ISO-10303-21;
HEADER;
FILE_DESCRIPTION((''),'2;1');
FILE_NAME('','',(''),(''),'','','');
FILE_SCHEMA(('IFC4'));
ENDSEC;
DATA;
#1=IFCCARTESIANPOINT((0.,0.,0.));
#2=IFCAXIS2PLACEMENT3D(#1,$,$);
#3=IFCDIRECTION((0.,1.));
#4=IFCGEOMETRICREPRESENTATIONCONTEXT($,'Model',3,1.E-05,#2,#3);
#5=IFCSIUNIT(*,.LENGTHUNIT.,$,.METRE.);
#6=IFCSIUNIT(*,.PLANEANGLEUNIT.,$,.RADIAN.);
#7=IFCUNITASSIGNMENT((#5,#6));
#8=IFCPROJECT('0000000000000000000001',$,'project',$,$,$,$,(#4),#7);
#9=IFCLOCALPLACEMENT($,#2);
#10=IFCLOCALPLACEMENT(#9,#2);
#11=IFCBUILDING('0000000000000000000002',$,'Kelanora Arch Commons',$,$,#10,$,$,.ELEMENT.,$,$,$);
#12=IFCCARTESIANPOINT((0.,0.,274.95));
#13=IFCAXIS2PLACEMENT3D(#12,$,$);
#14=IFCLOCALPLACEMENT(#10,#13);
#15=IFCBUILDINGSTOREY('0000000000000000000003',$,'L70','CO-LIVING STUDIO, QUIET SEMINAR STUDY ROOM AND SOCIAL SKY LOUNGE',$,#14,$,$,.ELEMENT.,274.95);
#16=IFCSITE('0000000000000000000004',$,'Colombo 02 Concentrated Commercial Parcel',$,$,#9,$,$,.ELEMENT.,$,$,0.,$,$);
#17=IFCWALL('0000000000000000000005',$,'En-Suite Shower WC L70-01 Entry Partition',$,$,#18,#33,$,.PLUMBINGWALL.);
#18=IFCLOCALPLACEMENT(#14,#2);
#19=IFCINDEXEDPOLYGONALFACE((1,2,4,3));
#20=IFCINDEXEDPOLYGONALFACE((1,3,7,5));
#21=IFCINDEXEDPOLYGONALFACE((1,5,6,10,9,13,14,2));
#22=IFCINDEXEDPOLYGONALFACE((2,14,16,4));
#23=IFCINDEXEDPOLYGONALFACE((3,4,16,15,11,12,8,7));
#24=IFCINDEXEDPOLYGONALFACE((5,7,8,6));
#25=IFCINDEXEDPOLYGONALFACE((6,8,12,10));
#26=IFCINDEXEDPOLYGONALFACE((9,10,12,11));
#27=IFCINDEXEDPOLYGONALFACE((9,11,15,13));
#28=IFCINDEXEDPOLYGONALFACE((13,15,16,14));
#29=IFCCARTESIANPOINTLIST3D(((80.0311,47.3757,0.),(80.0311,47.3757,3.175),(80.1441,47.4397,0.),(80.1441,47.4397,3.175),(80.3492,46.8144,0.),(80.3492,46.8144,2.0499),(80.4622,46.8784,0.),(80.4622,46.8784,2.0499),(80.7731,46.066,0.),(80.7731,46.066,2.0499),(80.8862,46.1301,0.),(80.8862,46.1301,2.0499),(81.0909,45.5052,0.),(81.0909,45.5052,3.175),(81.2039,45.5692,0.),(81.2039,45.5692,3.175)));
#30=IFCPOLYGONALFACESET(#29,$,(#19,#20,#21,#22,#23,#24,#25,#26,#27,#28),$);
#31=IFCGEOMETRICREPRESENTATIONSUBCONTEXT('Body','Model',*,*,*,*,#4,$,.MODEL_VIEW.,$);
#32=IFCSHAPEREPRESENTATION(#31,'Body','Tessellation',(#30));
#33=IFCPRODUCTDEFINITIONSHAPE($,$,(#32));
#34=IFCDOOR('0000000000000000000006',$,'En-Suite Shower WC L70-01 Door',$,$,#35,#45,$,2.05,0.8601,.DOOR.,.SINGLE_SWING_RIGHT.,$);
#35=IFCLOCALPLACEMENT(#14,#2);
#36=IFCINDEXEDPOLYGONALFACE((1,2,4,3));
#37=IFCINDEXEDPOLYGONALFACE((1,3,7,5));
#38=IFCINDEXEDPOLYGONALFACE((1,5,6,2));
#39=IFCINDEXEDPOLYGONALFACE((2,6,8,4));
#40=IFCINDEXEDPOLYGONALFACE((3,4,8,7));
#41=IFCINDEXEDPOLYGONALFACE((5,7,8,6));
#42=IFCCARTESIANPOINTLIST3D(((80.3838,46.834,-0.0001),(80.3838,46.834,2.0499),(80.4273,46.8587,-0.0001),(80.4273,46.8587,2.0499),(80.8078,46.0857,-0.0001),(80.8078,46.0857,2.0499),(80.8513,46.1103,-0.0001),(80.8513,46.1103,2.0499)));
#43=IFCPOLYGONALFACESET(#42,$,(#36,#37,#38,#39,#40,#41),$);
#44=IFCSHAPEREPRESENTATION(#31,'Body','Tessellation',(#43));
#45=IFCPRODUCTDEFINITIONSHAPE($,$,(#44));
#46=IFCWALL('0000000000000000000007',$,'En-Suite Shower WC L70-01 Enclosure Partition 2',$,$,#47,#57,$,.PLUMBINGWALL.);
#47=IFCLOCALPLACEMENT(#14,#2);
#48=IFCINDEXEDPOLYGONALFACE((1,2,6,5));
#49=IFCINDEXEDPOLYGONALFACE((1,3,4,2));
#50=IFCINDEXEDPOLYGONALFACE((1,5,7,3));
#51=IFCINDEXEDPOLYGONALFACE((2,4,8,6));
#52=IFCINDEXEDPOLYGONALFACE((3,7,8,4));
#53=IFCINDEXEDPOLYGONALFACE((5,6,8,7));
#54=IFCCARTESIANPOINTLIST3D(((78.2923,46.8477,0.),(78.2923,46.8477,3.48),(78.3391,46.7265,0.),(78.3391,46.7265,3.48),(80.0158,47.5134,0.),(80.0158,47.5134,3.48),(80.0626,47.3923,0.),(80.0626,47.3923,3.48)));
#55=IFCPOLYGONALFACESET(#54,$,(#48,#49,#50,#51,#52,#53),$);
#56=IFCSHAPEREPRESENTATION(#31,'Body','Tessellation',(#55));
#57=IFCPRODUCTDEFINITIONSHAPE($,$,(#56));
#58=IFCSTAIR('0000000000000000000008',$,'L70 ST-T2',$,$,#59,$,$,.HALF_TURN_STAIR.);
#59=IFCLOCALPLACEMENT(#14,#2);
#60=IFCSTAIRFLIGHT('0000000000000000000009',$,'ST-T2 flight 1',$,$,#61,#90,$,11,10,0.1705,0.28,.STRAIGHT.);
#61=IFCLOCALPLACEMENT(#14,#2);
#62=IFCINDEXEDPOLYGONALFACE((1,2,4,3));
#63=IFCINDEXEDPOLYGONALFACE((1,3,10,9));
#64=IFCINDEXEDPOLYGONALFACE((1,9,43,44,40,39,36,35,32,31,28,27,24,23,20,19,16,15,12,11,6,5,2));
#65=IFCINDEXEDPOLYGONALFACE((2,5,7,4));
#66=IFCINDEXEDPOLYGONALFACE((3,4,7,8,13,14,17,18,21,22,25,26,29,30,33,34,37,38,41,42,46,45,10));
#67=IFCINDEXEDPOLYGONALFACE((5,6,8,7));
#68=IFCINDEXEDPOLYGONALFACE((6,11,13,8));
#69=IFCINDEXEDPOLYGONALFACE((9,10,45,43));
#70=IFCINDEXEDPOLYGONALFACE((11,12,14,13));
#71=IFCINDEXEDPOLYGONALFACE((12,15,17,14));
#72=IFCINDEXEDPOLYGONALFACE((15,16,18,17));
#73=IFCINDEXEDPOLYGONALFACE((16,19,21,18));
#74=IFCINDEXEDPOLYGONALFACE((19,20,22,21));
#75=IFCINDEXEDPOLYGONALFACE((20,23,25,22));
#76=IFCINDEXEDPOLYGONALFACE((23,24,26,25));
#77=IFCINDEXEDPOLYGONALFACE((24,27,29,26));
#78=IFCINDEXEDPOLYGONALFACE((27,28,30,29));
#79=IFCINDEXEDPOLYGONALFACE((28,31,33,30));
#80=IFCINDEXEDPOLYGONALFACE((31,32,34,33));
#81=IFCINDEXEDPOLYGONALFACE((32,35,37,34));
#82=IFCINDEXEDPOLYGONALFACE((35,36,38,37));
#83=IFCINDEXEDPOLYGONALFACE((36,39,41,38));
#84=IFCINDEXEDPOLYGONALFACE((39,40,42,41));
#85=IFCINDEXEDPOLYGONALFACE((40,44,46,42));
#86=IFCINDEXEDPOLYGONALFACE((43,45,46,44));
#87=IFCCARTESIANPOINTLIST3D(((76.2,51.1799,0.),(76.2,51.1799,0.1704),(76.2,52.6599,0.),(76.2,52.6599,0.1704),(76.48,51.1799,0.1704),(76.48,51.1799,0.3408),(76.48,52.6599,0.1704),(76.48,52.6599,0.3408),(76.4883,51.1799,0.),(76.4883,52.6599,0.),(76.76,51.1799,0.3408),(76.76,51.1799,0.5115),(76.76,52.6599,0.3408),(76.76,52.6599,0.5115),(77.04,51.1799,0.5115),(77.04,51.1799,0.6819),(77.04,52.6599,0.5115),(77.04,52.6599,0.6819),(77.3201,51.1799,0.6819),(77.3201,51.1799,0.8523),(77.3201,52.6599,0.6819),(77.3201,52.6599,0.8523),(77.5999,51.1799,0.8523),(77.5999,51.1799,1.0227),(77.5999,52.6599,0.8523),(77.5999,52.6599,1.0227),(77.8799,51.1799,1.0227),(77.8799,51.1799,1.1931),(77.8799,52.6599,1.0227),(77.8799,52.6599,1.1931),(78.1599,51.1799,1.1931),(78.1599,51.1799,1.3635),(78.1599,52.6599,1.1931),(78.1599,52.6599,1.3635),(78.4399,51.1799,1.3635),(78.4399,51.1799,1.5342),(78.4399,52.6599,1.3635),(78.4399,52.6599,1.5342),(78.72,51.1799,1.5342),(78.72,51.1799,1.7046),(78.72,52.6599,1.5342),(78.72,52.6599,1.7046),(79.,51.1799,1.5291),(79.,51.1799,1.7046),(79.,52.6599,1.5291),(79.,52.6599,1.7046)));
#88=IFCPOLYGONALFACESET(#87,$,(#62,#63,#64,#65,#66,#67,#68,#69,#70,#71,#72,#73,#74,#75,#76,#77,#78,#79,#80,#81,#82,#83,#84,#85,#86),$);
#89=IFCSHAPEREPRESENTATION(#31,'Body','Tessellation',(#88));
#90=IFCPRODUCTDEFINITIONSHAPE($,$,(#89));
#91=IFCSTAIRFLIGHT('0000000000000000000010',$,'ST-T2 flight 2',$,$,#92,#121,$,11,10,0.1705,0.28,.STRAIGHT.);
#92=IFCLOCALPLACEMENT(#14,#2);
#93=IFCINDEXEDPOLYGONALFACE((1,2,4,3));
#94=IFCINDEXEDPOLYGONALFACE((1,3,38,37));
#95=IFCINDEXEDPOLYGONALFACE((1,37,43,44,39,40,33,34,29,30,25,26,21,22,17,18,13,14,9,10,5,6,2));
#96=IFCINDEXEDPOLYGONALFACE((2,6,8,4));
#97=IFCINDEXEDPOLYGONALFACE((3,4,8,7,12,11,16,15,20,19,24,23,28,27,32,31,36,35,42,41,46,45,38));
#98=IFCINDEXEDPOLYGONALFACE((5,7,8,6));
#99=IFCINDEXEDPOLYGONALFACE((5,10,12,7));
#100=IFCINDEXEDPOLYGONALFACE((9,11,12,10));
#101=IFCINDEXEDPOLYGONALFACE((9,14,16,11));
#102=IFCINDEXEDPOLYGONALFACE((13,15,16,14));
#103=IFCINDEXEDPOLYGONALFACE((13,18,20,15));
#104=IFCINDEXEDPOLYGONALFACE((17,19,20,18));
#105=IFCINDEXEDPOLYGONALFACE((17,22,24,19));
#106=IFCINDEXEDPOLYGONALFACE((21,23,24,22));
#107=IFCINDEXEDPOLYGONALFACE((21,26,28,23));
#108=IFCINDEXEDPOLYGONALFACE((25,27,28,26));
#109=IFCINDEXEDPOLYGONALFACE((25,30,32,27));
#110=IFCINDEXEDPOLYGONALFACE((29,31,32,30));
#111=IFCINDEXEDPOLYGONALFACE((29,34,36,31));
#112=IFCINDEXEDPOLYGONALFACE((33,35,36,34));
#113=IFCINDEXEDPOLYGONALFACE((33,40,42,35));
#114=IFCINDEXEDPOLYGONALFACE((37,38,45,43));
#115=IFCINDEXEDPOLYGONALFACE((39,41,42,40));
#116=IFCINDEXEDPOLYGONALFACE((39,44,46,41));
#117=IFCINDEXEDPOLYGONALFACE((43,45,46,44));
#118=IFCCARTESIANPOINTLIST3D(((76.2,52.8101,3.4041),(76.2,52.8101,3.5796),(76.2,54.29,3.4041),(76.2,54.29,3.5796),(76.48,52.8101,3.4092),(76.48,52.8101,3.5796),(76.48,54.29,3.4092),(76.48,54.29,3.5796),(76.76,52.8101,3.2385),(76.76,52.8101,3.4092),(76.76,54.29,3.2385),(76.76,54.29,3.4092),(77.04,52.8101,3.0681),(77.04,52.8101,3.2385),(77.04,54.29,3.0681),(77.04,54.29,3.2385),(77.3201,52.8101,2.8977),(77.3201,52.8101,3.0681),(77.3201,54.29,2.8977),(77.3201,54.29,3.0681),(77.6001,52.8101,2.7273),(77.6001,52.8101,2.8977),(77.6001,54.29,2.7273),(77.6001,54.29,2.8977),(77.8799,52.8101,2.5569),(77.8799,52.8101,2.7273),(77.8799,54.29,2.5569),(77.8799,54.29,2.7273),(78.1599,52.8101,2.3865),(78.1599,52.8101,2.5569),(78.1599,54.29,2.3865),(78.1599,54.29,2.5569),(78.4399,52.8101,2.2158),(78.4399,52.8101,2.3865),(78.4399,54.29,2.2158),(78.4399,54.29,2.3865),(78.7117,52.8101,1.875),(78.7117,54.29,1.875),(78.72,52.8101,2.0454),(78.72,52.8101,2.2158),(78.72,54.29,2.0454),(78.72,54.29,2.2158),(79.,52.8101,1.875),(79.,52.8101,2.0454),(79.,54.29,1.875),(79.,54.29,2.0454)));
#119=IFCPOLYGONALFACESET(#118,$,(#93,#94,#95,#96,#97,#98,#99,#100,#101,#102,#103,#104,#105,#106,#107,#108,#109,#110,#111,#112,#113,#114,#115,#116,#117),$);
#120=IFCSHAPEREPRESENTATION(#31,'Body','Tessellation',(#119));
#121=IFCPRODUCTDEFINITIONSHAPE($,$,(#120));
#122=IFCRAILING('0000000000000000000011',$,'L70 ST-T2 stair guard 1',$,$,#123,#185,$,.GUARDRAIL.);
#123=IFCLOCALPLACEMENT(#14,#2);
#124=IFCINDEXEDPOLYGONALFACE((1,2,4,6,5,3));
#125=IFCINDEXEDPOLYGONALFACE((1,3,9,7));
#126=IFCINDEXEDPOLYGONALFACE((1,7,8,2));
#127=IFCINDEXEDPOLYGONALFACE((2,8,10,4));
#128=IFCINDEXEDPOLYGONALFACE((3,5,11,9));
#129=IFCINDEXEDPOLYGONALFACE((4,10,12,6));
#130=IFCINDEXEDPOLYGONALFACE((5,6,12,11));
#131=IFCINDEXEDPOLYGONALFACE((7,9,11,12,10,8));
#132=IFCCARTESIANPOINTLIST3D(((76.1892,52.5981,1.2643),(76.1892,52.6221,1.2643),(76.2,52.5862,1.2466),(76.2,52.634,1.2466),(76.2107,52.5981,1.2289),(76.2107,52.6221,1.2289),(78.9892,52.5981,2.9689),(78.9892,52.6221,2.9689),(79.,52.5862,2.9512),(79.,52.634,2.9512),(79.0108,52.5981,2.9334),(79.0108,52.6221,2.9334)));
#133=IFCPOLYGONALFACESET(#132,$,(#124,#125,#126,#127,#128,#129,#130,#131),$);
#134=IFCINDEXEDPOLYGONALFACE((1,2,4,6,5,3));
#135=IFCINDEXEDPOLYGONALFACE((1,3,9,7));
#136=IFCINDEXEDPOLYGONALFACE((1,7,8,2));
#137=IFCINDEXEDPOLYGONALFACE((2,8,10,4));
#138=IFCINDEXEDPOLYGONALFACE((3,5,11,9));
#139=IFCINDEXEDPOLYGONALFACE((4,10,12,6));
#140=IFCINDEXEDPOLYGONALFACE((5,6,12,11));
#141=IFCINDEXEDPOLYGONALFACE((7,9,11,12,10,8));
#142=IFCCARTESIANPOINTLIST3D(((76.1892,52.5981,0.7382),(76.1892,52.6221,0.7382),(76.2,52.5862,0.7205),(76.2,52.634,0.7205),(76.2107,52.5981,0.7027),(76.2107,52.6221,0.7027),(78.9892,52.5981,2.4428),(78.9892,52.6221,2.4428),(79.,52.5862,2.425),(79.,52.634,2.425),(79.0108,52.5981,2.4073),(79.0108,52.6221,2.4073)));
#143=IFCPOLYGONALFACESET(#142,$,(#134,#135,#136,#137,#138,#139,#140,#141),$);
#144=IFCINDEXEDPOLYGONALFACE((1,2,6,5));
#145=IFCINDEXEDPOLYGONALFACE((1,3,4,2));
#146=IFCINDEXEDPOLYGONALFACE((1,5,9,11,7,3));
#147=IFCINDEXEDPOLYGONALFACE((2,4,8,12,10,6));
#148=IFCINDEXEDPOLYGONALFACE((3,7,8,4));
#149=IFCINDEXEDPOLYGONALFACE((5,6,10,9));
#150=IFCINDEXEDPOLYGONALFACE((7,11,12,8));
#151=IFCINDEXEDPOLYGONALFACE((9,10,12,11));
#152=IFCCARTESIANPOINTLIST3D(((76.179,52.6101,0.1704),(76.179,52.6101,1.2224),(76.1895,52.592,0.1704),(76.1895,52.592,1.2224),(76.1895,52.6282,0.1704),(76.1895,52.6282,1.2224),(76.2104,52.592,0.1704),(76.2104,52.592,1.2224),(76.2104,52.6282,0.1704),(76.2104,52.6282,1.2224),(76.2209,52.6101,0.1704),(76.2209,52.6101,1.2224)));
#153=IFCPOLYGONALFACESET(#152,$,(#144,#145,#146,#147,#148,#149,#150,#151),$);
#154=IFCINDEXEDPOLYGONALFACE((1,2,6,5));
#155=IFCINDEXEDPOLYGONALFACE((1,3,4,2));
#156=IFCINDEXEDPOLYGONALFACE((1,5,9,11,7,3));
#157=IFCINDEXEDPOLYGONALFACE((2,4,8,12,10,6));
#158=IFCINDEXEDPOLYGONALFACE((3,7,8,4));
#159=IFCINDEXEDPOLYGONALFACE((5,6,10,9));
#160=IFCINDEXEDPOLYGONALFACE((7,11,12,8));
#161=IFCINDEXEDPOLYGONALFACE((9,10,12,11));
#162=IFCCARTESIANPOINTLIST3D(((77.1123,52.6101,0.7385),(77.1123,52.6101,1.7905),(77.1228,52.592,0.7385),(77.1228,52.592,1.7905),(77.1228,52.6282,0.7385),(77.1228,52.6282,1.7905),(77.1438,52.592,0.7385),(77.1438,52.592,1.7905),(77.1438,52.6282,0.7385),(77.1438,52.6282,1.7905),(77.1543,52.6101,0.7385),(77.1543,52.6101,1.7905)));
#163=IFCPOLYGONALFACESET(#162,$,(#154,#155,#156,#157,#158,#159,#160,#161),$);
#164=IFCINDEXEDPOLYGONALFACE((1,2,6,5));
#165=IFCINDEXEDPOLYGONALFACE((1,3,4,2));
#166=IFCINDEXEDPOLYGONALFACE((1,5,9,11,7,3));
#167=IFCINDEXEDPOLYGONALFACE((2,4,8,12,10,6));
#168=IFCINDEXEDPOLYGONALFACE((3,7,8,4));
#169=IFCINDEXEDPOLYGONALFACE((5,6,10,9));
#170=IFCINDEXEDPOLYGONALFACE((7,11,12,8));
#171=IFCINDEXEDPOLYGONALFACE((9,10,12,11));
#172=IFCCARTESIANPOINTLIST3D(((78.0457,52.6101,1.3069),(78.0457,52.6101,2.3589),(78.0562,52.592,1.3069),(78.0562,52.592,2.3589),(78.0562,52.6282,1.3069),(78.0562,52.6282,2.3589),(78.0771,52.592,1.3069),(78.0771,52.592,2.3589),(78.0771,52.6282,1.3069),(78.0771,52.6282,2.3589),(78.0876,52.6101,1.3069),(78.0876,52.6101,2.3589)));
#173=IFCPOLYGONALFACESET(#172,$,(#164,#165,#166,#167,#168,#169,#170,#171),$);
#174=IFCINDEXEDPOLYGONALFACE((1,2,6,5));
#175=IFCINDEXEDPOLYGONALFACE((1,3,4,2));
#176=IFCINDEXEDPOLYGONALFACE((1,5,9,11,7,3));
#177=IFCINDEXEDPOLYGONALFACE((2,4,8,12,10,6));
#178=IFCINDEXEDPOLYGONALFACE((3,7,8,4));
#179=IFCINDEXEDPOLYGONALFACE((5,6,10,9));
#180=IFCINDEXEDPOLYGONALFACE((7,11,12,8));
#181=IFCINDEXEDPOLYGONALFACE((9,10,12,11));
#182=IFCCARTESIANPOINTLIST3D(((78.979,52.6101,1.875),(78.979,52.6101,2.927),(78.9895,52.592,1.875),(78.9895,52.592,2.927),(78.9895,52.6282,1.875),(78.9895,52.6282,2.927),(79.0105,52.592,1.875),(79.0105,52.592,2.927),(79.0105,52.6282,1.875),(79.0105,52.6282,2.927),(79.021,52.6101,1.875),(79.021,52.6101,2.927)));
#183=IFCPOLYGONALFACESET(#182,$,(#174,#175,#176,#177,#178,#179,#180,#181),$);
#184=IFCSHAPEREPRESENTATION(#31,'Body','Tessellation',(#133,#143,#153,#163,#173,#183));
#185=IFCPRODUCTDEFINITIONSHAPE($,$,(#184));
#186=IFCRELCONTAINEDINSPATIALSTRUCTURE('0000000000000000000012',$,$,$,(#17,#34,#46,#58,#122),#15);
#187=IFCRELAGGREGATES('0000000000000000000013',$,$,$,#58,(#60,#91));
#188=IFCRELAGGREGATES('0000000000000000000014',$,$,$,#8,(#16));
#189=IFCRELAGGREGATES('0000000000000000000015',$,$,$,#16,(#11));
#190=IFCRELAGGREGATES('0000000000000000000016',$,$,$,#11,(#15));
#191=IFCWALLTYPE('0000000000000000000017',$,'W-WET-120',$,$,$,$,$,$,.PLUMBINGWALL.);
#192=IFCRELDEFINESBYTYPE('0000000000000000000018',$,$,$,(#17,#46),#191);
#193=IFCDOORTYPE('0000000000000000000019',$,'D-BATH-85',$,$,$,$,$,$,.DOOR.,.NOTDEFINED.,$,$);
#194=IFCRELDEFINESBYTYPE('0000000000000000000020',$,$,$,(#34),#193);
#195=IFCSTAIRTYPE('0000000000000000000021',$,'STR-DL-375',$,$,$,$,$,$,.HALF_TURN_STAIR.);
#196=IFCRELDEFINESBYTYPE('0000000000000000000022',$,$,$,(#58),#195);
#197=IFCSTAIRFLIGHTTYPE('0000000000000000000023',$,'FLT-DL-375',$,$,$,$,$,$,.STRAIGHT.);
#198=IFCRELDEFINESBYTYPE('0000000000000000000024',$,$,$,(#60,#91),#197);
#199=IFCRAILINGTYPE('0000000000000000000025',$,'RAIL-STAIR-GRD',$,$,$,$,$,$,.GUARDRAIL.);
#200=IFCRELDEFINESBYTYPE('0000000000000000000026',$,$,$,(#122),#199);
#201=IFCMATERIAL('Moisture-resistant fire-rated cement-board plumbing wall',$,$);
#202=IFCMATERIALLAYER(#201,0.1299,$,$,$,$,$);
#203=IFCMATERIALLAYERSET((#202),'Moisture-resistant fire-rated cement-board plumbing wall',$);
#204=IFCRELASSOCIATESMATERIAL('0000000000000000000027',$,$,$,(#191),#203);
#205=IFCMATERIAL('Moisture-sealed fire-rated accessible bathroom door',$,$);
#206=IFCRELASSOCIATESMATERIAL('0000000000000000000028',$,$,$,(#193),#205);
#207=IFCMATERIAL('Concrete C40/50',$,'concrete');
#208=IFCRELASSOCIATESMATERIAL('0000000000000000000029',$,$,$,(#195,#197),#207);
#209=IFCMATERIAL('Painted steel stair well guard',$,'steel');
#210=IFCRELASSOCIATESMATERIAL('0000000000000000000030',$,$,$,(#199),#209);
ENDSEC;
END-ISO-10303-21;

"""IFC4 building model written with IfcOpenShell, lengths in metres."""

from ifc_helpers import new_model, si_unit, direction, frame, frame_2d, origin, place, context, subcontext, project, spatial, polyline, rectangle, outline, extrude, material, layer, layer_set, type_object, element, fill, aggregate, save


model = new_model("IFC4")

# Units and contexts
model_context = context("Model", 3, precision=1e-05, world=origin(), true_north=direction((0.0, 1.0)))
body_context = subcontext(model_context, "Body", "Model", "MODEL_VIEW")
ifc_project = project(units=[si_unit("LENGTHUNIT", "METRE"), si_unit("PLANEANGLEUNIT", "RADIAN")], contexts=[model_context])

# Site, building, storey
site_placement = place(None, origin())
site = spatial("IfcSite", under=ifc_project, at=site_placement, Name="Colombo 02 Concentrated Commercial Parcel", CompositionType="ELEMENT", RefElevation=0.0)
building_placement = place(site_placement, origin())
building = spatial("IfcBuilding", under=site, at=building_placement, Name="Kelanora Arch Commons", CompositionType="ELEMENT")
storey_placement = place(building_placement, frame((0.0, 0.0, 274.95)))
storey = spatial("IfcBuildingStorey", under=building, at=storey_placement, Name="L70", Description="CO-LIVING STUDIO, QUIET SEMINAR STUDY ROOM AND SOCIAL SKY LOUNGE", CompositionType="ELEMENT", Elevation=274.95)

# Shared definitions
ifc_material_1 = material(Name="Concrete C40/50", Category="concrete")

# Wall, opening, door
ifc_material_2 = material(Name="Moisture-resistant fire-rated cement-board plumbing wall")
ifc_layer_1 = layer(ifc_material_2, 0.1299)
ifc_layer_set_1 = layer_set([ifc_layer_1], Name="Moisture-resistant fire-rated cement-board plumbing wall")
wall_type_1 = type_object("IfcWallType", Name="W-WET-120", PredefinedType="PLUMBINGWALL", material=ifc_layer_set_1)
wall_1_placement = place(storey_placement, frame((80.0876, 47.4077, 0.0), z_axis=(0.0, 0.0, 1.0), x_axis=(0.492944, -0.870061, 0.0)))
wall_1 = element("IfcWall", 1, at=wall_1_placement, inside=storey, type_object=wall_type_1, Name="En-Suite Shower WC L70-01 Entry Partition", PredefinedType="PLUMBINGWALL", context=body_context, shape_type="SweptSolid", body=[
    extrude(rectangle(XDim=2.1499, YDim=0.1299, at=frame_2d((1.075, 0.0))), origin(), (0.0, 0.0, 1.0), 3.175),
])
opening_1_placement = place(wall_1_placement, frame((0.645, 0.0, 0.0)))
opening_1 = element("IfcOpeningElement", 2, at=opening_1_placement, cuts=wall_1, PredefinedType="OPENING", context=body_context, shape_type="SweptSolid", body=[
    extrude(rectangle(XDim=0.8601, YDim=2.05, at=frame_2d((0.4302, 1.0249))), frame((0.0, 0.075, 0.0), z_axis=(0.0, -1.0, 0.0), x_axis=(1.0, 0.0, 0.0)), (0.0, 0.0, 1.0), 0.1499),
])
ifc_material_3 = material(Name="Moisture-sealed fire-rated accessible bathroom door")
door_type_1 = type_object("IfcDoorType", Name="D-BATH-85", OperationType="NOTDEFINED", PredefinedType="DOOR", material=ifc_material_3)
door_1_placement = place(opening_1_placement, origin())
door_1 = element("IfcDoor", 3, at=door_1_placement, inside=storey, type_object=door_type_1, Name="En-Suite Shower WC L70-01 Door", OperationType="SINGLE_SWING_RIGHT", OverallHeight=2.05, OverallWidth=0.8601, PredefinedType="DOOR", context=body_context, shape_type="SweptSolid", body=[
    extrude(rectangle(XDim=0.8601, YDim=2.05, at=frame_2d((0.4302, 1.0249))), frame((0.0, 0.0249, 0.0), z_axis=(0.0, -1.0, 0.0), x_axis=(1.0, 0.0, 0.0)), (0.0, 0.0, 1.0), 0.05),
])
fill(opening_1, door_1)

# Wall
wall_2_placement = place(storey_placement, frame((78.3157, 46.7871, 0.0), z_axis=(0.0, 0.0, 1.0), x_axis=(0.93283, 0.360316, 0.0)))
element("IfcWall", 4, at=wall_2_placement, inside=storey, type_object=wall_type_1, Name="En-Suite Shower WC L70-01 Enclosure Partition 2", PredefinedType="PLUMBINGWALL", context=body_context, shape_type="SweptSolid", body=[
    extrude(rectangle(XDim=1.8477, YDim=0.1299, at=frame_2d((0.9238, 0.0))), origin(), (0.0, 0.0, 1.0), 3.48),
])

# Stair, stair flights
stair_type = type_object("IfcStairType", Name="STR-DL-375", PredefinedType="HALF_TURN_STAIR", material=ifc_material_1)
stair_placement = place(storey_placement, origin())
stair = element("IfcStair", 5, at=stair_placement, inside=storey, type_object=stair_type, Name="L70 ST-T2", PredefinedType="HALF_TURN_STAIR")
stair_flight_type = type_object("IfcStairFlightType", Name="FLT-DL-375", PredefinedType="STRAIGHT", material=ifc_material_1)
stair_flight_1_placement = place(storey_placement, frame((76.2, 51.9199, 0.0), z_axis=(0.0, 0.0, 1.0), x_axis=(1.0, 0.0, 0.0)))
stair_flight_1 = element("IfcStairFlight", 6, at=stair_flight_1_placement, type_object=stair_flight_type, Name="ST-T2 flight 1", NumberOfRisers=11, NumberOfTreads=10, PredefinedType="STRAIGHT", RiserHeight=0.1705, TreadLength=0.28, context=body_context, shape_type="SweptSolid", body=[
    extrude(outline(polyline([(0.0, 0.0), (0.0, 0.1704), (0.28, 0.1704), (0.28, 0.3408), (0.5601, 0.3408), (0.5601, 0.5115), (0.8401, 0.5115), (0.8401, 0.6819), (1.1201, 0.6819), (1.1201, 0.8523), (1.3999, 0.8523), (1.3999, 1.0227), (1.6799, 1.0227), (1.6799, 1.1931), (1.96, 1.1931), (1.96, 1.3635), (2.24, 1.3635), (2.24, 1.5342), (2.52, 1.5342), (2.52, 1.7046), (2.8, 1.7046), (2.8, 1.875), (2.8, 1.5291), (0.2883, 0.0), (0.0, 0.0)])), frame((0.0, 0.74, 0.0), z_axis=(0.0, -1.0, 0.0), x_axis=(1.0, 0.0, 0.0)), (0.0, 0.0, 1.0), 1.48),
])
stair_flight_2_placement = place(storey_placement, frame((79.0, 53.55, 1.875), z_axis=(0.0, 0.0, 1.0), x_axis=(-1.0, 0.0, 0.0)))
stair_flight_2 = element("IfcStairFlight", 7, at=stair_flight_2_placement, type_object=stair_flight_type, Name="ST-T2 flight 2", NumberOfRisers=11, NumberOfTreads=10, PredefinedType="STRAIGHT", RiserHeight=0.1705, TreadLength=0.28, context=body_context, shape_type="SweptSolid", body=[
    extrude(outline(polyline([(0.0, 0.0), (0.0, 0.1704), (0.28, 0.1704), (0.28, 0.3408), (0.5601, 0.3408), (0.5601, 0.5115), (0.8401, 0.5115), (0.8401, 0.6819), (1.1201, 0.6819), (1.1201, 0.8523), (1.3999, 0.8523), (1.3999, 1.0227), (1.6799, 1.0227), (1.6799, 1.1931), (1.96, 1.1931), (1.96, 1.3635), (2.24, 1.3635), (2.24, 1.5342), (2.52, 1.5342), (2.52, 1.7046), (2.8, 1.7046), (2.8, 1.875), (2.8, 1.5291), (0.2883, 0.0), (0.0, 0.0)])), frame((0.0, 0.74, 0.0), z_axis=(0.0, -1.0, 0.0), x_axis=(1.0, 0.0, 0.0)), (0.0, 0.0, 1.0), 1.48),
])
aggregate(stair, [stair_flight_1, stair_flight_2])

# Railing
ifc_material_4 = material(Name="Painted steel stair well guard", Category="steel")
railing_type_1 = type_object("IfcRailingType", Name="RAIL-STAIR-GRD", PredefinedType="GUARDRAIL", material=ifc_material_4)
railing_1_placement = place(storey_placement, frame((76.2, 52.6101, 0.1704)))
element("IfcRailing", 8, at=railing_1_placement, inside=storey, type_object=railing_type_1, Name="L70 ST-T2 stair guard 1", PredefinedType="GUARDRAIL", context=body_context, shape_type="SweptSolid", body=[
    extrude(outline(polyline([(0.0239, 0.0), (0.012, 0.0208), (-0.012, 0.0208), (-0.0239, 0.0), (-0.012, -0.0208), (0.012, -0.0208), (0.0239, 0.0)])), frame((0.0, 0.0, 1.0762), z_axis=(0.85417, 0.0, 0.519994), x_axis=(0.0, 1.0, 0.0)), (0.0, 0.0, 1.0), 3.2781),
    extrude(outline(polyline([(0.0239, 0.0), (0.012, 0.0208), (-0.012, 0.0208), (-0.0239, 0.0), (-0.012, -0.0208), (0.012, -0.0208), (0.0239, 0.0)])), frame((0.0, 0.0, 0.55), z_axis=(0.85417, 0.0, 0.519994), x_axis=(0.0, 1.0, 0.0)), (0.0, 0.0, 1.0), 3.2781),
    extrude(outline(polyline([(0.021, 0.0), (0.0105, 0.0181), (-0.0105, 0.0181), (-0.021, 0.0), (-0.0105, -0.0181), (0.0105, -0.0181), (0.021, 0.0)])), origin(), (0.0, 0.0, 1.0), 1.052),
    extrude(outline(polyline([(0.021, 0.0), (0.0105, 0.0181), (-0.0105, 0.0181), (-0.021, 0.0), (-0.0105, -0.0181), (0.0105, -0.0181), (0.021, 0.0)])), frame((0.9333, 0.0, 0.5681)), (0.0, 0.0, 1.0), 1.052),
    extrude(outline(polyline([(0.021, 0.0), (0.0105, 0.0181), (-0.0105, 0.0181), (-0.021, 0.0), (-0.0105, -0.0181), (0.0105, -0.0181), (0.021, 0.0)])), frame((1.8667, 0.0, 1.1365)), (0.0, 0.0, 1.0), 1.052),
    extrude(outline(polyline([(0.021, 0.0), (0.0105, 0.0181), (-0.0105, 0.0181), (-0.021, 0.0), (-0.0105, -0.0181), (0.0105, -0.0181), (0.021, 0.0)])), frame((2.8, 0.0, 1.7046)), (0.0, 0.0, 1.0), 1.052),
])

save(model, "model.ifc")
